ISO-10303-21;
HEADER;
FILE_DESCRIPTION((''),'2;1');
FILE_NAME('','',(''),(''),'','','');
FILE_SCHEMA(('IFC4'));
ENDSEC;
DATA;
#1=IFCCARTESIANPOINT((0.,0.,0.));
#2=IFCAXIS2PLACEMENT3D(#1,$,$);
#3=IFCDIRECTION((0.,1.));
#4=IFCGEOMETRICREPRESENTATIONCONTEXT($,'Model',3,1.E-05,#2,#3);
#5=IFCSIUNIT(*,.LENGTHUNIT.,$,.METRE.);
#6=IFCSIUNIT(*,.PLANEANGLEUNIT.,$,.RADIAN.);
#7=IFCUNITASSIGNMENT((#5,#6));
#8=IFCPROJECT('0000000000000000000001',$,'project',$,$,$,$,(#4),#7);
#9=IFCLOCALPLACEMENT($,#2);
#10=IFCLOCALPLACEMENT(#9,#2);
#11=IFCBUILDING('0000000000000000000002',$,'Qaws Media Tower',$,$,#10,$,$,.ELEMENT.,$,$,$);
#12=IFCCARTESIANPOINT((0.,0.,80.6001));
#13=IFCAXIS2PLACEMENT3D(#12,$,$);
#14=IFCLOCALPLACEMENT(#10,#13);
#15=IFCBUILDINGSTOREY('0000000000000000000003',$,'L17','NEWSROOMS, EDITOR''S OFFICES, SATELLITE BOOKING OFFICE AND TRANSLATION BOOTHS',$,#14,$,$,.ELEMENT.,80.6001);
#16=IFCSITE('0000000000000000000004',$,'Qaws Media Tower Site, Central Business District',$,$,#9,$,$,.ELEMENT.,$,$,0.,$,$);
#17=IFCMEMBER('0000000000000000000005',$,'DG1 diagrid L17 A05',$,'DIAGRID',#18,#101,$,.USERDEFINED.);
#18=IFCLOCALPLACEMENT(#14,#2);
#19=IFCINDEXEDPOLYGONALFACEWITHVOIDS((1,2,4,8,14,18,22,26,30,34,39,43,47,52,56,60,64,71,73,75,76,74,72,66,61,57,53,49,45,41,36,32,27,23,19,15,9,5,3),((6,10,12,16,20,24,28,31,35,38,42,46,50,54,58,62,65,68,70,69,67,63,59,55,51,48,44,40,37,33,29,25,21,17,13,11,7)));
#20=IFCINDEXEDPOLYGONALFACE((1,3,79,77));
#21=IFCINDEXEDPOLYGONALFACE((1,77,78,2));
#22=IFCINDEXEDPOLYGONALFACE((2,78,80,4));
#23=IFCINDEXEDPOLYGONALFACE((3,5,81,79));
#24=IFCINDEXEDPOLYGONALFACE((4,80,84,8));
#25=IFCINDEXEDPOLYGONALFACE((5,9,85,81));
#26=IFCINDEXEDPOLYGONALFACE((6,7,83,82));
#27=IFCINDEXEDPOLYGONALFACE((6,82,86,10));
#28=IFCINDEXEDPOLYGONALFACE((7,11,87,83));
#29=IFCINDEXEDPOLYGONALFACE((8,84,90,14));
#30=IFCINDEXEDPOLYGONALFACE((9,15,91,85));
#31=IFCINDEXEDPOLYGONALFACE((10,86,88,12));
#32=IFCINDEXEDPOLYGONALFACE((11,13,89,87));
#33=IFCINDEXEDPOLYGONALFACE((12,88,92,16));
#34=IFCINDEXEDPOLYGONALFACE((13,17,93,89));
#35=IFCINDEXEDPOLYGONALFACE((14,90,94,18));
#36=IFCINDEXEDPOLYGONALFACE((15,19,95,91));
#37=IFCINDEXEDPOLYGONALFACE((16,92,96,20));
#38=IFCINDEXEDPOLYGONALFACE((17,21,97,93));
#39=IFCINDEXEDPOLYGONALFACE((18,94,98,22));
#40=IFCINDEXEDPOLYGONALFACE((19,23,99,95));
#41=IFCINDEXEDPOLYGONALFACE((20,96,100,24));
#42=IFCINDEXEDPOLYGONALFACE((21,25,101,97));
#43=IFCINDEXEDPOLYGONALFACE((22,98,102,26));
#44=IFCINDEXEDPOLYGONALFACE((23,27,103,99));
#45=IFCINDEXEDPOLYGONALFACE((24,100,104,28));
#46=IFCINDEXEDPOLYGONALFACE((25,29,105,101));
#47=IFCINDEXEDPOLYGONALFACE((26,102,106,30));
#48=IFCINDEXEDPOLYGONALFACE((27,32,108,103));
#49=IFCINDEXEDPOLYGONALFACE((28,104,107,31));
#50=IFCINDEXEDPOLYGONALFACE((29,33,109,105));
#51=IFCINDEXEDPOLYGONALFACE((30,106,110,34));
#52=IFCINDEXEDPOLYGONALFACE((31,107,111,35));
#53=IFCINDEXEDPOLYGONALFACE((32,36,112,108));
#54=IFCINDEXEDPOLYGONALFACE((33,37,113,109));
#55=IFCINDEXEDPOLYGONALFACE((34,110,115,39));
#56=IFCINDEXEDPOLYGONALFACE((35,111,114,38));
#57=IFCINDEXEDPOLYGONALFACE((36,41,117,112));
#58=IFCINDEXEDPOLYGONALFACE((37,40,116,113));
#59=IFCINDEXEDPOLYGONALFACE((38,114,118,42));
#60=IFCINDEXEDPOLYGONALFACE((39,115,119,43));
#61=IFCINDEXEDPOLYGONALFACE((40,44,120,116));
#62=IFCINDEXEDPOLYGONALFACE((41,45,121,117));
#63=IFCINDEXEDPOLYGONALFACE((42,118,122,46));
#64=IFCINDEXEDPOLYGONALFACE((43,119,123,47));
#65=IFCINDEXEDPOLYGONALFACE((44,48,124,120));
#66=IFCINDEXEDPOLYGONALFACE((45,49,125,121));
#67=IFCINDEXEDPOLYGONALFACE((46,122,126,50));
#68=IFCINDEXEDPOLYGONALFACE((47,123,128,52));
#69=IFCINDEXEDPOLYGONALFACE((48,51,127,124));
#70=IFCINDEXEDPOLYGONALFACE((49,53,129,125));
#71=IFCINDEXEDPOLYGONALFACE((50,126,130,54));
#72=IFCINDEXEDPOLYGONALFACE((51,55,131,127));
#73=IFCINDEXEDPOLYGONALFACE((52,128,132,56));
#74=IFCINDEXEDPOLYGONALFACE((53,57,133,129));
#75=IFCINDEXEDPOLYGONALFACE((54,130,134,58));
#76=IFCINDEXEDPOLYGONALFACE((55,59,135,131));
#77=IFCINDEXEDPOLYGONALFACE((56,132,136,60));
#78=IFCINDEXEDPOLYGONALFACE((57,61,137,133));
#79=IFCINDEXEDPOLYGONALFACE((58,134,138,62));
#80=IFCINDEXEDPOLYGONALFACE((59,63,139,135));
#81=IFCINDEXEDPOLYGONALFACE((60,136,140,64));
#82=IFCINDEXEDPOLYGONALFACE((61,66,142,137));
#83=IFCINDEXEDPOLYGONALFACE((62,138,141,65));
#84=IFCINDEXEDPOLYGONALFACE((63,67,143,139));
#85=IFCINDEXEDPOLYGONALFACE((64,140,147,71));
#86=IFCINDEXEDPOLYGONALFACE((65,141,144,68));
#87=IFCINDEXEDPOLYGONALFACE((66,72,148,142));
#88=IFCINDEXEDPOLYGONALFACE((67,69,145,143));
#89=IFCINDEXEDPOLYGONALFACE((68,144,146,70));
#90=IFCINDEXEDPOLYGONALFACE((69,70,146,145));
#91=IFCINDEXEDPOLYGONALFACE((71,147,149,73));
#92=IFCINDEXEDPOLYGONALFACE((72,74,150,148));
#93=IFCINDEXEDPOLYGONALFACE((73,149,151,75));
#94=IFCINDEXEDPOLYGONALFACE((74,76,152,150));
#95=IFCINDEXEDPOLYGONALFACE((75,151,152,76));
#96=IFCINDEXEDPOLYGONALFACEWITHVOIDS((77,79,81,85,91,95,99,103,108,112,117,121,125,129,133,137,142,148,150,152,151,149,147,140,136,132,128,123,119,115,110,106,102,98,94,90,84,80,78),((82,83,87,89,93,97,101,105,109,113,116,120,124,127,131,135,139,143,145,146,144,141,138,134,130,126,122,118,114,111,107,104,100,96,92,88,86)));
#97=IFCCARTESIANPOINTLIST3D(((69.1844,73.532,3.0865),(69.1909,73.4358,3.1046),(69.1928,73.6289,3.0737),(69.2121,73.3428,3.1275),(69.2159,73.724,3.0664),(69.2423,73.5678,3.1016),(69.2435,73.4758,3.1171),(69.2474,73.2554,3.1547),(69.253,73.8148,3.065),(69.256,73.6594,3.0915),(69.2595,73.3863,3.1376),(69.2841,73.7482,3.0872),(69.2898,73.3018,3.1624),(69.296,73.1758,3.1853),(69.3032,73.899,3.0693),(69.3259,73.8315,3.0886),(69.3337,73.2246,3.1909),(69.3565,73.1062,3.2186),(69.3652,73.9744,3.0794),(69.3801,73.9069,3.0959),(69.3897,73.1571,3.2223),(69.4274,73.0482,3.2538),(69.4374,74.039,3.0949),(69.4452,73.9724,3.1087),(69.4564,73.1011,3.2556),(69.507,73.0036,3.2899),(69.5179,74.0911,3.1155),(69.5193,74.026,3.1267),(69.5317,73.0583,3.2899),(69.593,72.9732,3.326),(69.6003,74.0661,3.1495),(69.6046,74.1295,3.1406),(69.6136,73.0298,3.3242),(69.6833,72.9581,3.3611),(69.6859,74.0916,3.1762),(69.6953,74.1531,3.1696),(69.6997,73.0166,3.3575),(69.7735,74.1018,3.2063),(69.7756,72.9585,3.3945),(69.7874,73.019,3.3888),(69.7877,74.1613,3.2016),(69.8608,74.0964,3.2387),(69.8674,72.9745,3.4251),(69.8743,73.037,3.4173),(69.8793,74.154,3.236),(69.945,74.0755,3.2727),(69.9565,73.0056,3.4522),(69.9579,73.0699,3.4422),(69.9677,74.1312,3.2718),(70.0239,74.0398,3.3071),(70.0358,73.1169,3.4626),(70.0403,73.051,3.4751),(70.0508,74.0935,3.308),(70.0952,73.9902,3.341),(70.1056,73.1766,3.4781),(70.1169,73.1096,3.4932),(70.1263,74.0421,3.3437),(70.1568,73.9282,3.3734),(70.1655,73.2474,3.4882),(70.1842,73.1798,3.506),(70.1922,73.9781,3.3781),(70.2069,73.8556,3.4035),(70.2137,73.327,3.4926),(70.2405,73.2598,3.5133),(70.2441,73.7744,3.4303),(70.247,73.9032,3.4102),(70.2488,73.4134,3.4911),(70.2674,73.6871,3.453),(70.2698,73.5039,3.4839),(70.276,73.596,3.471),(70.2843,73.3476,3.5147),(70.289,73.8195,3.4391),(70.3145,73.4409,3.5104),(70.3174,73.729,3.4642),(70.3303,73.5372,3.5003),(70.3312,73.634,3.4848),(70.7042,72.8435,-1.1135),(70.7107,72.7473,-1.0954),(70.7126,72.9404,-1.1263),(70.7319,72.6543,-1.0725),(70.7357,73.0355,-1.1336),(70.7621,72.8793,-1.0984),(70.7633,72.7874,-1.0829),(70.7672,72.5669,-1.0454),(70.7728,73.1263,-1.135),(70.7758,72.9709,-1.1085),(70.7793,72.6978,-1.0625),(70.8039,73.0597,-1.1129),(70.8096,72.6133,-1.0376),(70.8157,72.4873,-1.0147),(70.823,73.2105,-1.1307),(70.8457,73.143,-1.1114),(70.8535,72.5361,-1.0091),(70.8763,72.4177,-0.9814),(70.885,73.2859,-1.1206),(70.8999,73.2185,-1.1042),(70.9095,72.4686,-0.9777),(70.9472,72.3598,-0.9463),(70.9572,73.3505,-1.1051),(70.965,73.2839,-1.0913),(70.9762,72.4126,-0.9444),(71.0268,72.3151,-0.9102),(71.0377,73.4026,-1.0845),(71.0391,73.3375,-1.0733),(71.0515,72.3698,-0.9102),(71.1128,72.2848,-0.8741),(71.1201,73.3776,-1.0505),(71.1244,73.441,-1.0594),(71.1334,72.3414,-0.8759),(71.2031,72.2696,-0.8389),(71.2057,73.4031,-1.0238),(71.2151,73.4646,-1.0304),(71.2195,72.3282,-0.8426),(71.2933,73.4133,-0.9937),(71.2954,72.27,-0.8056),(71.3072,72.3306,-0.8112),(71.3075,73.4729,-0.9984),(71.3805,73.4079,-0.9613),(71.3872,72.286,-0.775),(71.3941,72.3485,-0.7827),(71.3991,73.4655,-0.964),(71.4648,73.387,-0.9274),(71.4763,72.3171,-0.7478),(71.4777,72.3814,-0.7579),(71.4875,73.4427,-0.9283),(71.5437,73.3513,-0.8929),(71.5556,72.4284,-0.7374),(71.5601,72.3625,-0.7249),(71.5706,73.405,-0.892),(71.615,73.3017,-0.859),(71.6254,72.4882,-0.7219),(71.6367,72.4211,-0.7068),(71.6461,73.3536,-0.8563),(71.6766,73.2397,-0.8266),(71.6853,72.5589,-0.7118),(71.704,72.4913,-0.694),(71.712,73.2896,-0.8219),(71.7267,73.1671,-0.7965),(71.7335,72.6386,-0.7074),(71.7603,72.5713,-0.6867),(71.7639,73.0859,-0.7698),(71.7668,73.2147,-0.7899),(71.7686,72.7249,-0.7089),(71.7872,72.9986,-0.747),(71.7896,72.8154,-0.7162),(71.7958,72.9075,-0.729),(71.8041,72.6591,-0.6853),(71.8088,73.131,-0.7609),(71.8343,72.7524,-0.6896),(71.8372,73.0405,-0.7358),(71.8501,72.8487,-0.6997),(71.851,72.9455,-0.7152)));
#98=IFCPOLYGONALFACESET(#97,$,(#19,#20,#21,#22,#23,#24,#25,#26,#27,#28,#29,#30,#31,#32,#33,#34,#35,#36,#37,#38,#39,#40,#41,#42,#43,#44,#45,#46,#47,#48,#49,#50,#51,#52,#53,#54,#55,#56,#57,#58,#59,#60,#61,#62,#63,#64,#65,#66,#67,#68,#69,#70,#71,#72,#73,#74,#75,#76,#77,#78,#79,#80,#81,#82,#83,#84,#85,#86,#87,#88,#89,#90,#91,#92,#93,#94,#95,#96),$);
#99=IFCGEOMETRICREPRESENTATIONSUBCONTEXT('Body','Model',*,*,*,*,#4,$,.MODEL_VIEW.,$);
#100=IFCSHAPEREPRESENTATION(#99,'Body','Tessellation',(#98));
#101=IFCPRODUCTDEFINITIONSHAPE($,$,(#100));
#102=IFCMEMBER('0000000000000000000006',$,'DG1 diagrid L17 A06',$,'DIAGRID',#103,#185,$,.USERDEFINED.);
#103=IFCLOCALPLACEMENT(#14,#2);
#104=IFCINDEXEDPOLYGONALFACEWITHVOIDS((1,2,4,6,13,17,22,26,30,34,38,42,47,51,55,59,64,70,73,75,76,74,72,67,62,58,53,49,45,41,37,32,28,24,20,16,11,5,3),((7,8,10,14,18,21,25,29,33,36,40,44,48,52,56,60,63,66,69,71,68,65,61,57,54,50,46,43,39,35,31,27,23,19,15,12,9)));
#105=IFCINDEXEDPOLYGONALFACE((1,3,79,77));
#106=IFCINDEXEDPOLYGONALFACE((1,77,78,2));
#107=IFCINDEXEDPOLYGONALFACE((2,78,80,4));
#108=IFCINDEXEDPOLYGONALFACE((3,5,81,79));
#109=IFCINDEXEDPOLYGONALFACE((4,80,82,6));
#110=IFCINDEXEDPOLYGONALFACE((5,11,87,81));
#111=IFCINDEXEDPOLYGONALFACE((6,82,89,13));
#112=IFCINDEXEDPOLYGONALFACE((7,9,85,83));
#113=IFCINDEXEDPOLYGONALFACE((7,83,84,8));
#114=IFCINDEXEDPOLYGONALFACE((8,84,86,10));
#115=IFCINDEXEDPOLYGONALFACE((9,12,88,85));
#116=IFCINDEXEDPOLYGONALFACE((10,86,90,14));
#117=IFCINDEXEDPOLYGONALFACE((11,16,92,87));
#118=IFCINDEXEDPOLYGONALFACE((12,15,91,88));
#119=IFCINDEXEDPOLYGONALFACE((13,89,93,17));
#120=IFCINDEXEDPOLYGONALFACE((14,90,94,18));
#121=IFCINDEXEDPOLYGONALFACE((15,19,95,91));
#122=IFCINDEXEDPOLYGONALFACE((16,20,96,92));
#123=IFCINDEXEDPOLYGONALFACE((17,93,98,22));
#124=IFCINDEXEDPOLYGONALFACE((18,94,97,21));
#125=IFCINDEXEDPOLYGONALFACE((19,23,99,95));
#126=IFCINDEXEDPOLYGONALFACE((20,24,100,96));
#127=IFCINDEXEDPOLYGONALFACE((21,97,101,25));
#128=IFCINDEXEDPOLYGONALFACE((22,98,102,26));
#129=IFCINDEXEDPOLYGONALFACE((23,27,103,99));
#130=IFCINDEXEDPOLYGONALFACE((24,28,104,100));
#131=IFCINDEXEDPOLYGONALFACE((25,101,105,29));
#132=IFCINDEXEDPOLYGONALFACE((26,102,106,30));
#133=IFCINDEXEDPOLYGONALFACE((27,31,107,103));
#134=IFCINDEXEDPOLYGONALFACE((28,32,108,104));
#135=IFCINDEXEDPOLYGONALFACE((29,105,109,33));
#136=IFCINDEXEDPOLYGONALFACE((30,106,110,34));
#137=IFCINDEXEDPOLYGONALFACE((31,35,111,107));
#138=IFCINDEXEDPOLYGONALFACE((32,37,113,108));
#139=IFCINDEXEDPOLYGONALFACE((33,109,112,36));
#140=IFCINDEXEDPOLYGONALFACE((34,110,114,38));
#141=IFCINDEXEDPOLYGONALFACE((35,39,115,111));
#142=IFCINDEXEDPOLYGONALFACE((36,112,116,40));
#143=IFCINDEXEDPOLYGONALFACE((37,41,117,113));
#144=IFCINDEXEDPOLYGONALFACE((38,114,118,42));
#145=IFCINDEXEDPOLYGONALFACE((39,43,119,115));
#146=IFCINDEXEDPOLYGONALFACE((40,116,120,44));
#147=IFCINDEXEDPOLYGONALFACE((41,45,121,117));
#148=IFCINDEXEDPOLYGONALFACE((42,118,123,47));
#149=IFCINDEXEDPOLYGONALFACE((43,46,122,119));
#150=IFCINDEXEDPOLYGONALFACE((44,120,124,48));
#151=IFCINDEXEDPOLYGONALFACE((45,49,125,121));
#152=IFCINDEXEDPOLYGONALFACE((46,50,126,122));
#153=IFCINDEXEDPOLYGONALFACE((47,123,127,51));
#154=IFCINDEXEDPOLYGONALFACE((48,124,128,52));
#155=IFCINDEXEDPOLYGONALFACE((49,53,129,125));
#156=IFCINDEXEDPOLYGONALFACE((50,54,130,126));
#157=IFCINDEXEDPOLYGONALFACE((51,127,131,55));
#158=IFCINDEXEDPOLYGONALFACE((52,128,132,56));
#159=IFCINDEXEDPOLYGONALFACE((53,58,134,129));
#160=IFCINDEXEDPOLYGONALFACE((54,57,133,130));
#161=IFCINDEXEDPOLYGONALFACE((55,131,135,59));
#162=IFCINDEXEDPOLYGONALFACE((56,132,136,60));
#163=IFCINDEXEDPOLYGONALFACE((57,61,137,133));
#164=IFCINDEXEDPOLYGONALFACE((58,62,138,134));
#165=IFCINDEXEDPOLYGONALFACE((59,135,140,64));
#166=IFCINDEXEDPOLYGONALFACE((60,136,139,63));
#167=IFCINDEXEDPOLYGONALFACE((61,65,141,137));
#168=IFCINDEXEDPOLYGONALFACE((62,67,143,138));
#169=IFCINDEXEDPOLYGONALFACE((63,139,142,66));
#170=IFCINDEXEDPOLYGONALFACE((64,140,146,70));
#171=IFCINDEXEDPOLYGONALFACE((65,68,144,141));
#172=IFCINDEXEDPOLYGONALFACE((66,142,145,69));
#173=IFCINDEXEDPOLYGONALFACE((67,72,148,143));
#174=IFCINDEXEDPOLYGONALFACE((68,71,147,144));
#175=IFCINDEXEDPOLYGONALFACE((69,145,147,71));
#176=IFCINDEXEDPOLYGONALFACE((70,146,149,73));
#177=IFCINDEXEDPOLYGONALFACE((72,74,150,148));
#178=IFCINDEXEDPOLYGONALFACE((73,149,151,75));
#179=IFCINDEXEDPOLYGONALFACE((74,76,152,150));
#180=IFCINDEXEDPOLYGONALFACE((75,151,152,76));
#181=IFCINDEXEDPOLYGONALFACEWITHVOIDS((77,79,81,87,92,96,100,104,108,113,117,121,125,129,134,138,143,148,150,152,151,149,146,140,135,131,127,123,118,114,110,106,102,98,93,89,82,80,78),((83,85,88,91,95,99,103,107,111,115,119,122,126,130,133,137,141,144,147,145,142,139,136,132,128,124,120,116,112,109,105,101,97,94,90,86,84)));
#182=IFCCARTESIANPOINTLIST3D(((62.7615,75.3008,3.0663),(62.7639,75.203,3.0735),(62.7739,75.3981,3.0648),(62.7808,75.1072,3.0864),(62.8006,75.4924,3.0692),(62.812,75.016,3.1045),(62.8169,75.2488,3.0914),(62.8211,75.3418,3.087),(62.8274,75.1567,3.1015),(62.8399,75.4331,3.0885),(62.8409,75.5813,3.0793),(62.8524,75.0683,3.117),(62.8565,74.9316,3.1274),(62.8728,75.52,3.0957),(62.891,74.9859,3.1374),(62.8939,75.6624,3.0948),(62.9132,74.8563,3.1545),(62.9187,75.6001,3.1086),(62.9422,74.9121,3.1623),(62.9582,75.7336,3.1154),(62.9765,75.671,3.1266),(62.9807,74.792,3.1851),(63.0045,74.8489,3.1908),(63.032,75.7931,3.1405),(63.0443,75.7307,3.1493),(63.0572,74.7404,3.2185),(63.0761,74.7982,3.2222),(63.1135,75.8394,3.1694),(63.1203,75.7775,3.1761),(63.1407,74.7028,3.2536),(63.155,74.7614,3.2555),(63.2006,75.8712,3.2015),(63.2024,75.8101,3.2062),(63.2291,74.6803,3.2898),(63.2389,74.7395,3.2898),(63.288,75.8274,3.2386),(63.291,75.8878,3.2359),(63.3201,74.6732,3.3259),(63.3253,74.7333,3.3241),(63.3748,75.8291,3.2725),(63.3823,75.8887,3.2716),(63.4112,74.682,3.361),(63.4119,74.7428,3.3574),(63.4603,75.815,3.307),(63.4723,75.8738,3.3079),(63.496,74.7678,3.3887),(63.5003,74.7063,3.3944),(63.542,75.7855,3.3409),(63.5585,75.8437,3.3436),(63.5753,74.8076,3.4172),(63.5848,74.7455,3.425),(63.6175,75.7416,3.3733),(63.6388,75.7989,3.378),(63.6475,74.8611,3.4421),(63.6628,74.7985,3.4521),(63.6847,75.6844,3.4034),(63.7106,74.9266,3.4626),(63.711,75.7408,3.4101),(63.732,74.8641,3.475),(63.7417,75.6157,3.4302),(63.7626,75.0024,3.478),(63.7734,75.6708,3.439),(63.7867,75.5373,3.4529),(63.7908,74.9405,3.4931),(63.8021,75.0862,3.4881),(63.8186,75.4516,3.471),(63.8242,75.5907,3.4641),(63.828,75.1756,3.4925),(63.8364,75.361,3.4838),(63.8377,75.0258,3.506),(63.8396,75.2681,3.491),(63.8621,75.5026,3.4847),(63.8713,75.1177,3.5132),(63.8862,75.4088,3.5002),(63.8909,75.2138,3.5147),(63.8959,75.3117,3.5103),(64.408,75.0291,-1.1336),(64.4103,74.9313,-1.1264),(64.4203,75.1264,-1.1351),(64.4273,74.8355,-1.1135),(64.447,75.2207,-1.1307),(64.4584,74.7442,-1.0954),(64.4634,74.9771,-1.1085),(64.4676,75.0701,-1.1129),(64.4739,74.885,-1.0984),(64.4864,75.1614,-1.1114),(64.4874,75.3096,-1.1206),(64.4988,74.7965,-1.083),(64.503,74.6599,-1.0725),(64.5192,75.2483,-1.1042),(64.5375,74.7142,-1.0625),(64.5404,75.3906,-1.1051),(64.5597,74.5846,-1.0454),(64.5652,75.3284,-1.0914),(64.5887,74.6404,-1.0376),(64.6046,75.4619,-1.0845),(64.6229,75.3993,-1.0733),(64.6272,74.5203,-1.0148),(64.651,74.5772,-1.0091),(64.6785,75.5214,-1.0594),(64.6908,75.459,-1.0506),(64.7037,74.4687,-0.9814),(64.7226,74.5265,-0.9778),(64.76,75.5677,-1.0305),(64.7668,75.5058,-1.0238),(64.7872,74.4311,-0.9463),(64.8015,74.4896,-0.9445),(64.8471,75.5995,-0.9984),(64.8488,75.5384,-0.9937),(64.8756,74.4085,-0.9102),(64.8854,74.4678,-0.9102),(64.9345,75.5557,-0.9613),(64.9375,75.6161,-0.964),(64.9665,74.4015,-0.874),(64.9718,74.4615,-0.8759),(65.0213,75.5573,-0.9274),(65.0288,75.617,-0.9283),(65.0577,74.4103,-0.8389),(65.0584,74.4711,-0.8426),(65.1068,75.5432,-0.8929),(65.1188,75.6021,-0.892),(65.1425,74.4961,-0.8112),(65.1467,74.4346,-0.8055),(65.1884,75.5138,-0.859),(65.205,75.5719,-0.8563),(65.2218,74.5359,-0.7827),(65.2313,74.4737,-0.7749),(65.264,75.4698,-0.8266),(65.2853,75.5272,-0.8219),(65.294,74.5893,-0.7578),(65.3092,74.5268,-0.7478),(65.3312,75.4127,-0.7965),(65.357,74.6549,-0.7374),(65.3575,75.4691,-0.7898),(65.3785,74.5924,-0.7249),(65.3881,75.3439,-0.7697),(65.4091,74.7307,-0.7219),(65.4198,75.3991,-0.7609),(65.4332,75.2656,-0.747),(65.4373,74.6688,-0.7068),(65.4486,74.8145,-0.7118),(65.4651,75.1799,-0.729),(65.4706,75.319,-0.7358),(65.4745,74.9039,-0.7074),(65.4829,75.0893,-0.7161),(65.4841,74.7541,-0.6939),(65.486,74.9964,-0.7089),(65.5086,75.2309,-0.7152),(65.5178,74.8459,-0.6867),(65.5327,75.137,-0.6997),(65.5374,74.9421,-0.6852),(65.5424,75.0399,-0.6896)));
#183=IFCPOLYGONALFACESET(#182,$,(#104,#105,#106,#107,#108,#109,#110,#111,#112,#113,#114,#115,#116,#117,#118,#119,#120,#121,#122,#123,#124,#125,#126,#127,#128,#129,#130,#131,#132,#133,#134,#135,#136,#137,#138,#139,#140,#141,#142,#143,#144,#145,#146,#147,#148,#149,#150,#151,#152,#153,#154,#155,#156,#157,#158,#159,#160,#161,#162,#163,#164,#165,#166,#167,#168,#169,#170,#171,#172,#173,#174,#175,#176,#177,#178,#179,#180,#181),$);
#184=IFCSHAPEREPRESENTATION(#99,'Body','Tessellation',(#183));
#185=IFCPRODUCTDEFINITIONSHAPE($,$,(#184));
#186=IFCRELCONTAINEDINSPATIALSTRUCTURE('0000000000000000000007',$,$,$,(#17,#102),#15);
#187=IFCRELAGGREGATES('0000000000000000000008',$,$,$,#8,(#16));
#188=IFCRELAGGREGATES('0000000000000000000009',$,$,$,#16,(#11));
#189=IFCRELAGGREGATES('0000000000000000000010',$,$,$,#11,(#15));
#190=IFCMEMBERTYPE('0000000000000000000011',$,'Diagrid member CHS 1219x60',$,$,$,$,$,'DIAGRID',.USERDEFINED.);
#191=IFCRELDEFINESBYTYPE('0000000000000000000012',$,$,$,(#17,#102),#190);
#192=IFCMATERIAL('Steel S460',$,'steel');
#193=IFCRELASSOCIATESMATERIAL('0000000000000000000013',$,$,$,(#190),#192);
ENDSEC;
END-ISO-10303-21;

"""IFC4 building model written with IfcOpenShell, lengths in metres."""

from ifc_helpers import new_model, si_unit, direction, frame, origin, origin_2d, place, context, subcontext, project, spatial, hollow_circle, extrude, material, material_profile, profile_set, type_object, element, save


model = new_model("IFC4")

# Units and contexts
model_context = context("Model", 3, precision=1e-05, world=origin(), true_north=direction((0.0, 1.0)))
body_context = subcontext(model_context, "Body", "Model", "MODEL_VIEW")
ifc_project = project(units=[si_unit("LENGTHUNIT", "METRE"), si_unit("PLANEANGLEUNIT", "RADIAN")], contexts=[model_context])

# Site, building, storey
site_placement = place(None, origin())
site = spatial("IfcSite", under=ifc_project, at=site_placement, Name="Qaws Media Tower Site, Central Business District", CompositionType="ELEMENT", RefElevation=0.0)
building_placement = place(site_placement, origin())
building = spatial("IfcBuilding", under=site, at=building_placement, Name="Qaws Media Tower", CompositionType="ELEMENT")
storey_placement = place(building_placement, frame((0.0, 0.0, 80.6001)))
storey = spatial("IfcBuildingStorey", under=building, at=storey_placement, Name="L17", Description="NEWSROOMS, EDITOR'S OFFICES, SATELLITE BOOKING OFFICE AND TRANSLATION BOOTHS", CompositionType="ELEMENT", Elevation=80.6001)

# Members
ifc_material_1 = material(Name="Steel S460", Category="steel")
ifc_material_profile_1 = material_profile(ifc_material_1, hollow_circle(Radius=0.6096, WallThickness=0.0601, at=origin_2d()), Name="CHS 1219x60")
ifc_profile_set_1 = profile_set([ifc_material_profile_1], Name="Steel S460")
member_type_1 = type_object("IfcMemberType", Name="Diagrid member CHS 1219x60", ElementType="DIAGRID", PredefinedType="USERDEFINED", material=ifc_profile_set_1)
for number, where, z_axis, x_axis, name in (
    (1, (71.2783, 72.8704, -0.9102), (-0.336292, 0.152344, 0.929354), (-0.412645, -0.910892, 0.0), "DG1 diagrid L17 A05"),
    (2, (64.9749, 75.01, -0.9102), (-0.364321, 0.060126, 0.929331), (-0.162833, -0.986654, 0.0), "DG1 diagrid L17 A06"),
):
    element("IfcMember", number, at=place(storey_placement, frame(where, z_axis=z_axis, x_axis=x_axis)), inside=storey, type_object=member_type_1, Name=name, ObjectType="DIAGRID", PredefinedType="USERDEFINED", context=body_context, shape_type="SweptSolid", body=[
        extrude(hollow_circle(Radius=0.6096, WallThickness=0.0601, at=origin_2d()), origin(), (0.0, 0.0, 1.0), 4.5193),
    ])

save(model, "model.ifc")
